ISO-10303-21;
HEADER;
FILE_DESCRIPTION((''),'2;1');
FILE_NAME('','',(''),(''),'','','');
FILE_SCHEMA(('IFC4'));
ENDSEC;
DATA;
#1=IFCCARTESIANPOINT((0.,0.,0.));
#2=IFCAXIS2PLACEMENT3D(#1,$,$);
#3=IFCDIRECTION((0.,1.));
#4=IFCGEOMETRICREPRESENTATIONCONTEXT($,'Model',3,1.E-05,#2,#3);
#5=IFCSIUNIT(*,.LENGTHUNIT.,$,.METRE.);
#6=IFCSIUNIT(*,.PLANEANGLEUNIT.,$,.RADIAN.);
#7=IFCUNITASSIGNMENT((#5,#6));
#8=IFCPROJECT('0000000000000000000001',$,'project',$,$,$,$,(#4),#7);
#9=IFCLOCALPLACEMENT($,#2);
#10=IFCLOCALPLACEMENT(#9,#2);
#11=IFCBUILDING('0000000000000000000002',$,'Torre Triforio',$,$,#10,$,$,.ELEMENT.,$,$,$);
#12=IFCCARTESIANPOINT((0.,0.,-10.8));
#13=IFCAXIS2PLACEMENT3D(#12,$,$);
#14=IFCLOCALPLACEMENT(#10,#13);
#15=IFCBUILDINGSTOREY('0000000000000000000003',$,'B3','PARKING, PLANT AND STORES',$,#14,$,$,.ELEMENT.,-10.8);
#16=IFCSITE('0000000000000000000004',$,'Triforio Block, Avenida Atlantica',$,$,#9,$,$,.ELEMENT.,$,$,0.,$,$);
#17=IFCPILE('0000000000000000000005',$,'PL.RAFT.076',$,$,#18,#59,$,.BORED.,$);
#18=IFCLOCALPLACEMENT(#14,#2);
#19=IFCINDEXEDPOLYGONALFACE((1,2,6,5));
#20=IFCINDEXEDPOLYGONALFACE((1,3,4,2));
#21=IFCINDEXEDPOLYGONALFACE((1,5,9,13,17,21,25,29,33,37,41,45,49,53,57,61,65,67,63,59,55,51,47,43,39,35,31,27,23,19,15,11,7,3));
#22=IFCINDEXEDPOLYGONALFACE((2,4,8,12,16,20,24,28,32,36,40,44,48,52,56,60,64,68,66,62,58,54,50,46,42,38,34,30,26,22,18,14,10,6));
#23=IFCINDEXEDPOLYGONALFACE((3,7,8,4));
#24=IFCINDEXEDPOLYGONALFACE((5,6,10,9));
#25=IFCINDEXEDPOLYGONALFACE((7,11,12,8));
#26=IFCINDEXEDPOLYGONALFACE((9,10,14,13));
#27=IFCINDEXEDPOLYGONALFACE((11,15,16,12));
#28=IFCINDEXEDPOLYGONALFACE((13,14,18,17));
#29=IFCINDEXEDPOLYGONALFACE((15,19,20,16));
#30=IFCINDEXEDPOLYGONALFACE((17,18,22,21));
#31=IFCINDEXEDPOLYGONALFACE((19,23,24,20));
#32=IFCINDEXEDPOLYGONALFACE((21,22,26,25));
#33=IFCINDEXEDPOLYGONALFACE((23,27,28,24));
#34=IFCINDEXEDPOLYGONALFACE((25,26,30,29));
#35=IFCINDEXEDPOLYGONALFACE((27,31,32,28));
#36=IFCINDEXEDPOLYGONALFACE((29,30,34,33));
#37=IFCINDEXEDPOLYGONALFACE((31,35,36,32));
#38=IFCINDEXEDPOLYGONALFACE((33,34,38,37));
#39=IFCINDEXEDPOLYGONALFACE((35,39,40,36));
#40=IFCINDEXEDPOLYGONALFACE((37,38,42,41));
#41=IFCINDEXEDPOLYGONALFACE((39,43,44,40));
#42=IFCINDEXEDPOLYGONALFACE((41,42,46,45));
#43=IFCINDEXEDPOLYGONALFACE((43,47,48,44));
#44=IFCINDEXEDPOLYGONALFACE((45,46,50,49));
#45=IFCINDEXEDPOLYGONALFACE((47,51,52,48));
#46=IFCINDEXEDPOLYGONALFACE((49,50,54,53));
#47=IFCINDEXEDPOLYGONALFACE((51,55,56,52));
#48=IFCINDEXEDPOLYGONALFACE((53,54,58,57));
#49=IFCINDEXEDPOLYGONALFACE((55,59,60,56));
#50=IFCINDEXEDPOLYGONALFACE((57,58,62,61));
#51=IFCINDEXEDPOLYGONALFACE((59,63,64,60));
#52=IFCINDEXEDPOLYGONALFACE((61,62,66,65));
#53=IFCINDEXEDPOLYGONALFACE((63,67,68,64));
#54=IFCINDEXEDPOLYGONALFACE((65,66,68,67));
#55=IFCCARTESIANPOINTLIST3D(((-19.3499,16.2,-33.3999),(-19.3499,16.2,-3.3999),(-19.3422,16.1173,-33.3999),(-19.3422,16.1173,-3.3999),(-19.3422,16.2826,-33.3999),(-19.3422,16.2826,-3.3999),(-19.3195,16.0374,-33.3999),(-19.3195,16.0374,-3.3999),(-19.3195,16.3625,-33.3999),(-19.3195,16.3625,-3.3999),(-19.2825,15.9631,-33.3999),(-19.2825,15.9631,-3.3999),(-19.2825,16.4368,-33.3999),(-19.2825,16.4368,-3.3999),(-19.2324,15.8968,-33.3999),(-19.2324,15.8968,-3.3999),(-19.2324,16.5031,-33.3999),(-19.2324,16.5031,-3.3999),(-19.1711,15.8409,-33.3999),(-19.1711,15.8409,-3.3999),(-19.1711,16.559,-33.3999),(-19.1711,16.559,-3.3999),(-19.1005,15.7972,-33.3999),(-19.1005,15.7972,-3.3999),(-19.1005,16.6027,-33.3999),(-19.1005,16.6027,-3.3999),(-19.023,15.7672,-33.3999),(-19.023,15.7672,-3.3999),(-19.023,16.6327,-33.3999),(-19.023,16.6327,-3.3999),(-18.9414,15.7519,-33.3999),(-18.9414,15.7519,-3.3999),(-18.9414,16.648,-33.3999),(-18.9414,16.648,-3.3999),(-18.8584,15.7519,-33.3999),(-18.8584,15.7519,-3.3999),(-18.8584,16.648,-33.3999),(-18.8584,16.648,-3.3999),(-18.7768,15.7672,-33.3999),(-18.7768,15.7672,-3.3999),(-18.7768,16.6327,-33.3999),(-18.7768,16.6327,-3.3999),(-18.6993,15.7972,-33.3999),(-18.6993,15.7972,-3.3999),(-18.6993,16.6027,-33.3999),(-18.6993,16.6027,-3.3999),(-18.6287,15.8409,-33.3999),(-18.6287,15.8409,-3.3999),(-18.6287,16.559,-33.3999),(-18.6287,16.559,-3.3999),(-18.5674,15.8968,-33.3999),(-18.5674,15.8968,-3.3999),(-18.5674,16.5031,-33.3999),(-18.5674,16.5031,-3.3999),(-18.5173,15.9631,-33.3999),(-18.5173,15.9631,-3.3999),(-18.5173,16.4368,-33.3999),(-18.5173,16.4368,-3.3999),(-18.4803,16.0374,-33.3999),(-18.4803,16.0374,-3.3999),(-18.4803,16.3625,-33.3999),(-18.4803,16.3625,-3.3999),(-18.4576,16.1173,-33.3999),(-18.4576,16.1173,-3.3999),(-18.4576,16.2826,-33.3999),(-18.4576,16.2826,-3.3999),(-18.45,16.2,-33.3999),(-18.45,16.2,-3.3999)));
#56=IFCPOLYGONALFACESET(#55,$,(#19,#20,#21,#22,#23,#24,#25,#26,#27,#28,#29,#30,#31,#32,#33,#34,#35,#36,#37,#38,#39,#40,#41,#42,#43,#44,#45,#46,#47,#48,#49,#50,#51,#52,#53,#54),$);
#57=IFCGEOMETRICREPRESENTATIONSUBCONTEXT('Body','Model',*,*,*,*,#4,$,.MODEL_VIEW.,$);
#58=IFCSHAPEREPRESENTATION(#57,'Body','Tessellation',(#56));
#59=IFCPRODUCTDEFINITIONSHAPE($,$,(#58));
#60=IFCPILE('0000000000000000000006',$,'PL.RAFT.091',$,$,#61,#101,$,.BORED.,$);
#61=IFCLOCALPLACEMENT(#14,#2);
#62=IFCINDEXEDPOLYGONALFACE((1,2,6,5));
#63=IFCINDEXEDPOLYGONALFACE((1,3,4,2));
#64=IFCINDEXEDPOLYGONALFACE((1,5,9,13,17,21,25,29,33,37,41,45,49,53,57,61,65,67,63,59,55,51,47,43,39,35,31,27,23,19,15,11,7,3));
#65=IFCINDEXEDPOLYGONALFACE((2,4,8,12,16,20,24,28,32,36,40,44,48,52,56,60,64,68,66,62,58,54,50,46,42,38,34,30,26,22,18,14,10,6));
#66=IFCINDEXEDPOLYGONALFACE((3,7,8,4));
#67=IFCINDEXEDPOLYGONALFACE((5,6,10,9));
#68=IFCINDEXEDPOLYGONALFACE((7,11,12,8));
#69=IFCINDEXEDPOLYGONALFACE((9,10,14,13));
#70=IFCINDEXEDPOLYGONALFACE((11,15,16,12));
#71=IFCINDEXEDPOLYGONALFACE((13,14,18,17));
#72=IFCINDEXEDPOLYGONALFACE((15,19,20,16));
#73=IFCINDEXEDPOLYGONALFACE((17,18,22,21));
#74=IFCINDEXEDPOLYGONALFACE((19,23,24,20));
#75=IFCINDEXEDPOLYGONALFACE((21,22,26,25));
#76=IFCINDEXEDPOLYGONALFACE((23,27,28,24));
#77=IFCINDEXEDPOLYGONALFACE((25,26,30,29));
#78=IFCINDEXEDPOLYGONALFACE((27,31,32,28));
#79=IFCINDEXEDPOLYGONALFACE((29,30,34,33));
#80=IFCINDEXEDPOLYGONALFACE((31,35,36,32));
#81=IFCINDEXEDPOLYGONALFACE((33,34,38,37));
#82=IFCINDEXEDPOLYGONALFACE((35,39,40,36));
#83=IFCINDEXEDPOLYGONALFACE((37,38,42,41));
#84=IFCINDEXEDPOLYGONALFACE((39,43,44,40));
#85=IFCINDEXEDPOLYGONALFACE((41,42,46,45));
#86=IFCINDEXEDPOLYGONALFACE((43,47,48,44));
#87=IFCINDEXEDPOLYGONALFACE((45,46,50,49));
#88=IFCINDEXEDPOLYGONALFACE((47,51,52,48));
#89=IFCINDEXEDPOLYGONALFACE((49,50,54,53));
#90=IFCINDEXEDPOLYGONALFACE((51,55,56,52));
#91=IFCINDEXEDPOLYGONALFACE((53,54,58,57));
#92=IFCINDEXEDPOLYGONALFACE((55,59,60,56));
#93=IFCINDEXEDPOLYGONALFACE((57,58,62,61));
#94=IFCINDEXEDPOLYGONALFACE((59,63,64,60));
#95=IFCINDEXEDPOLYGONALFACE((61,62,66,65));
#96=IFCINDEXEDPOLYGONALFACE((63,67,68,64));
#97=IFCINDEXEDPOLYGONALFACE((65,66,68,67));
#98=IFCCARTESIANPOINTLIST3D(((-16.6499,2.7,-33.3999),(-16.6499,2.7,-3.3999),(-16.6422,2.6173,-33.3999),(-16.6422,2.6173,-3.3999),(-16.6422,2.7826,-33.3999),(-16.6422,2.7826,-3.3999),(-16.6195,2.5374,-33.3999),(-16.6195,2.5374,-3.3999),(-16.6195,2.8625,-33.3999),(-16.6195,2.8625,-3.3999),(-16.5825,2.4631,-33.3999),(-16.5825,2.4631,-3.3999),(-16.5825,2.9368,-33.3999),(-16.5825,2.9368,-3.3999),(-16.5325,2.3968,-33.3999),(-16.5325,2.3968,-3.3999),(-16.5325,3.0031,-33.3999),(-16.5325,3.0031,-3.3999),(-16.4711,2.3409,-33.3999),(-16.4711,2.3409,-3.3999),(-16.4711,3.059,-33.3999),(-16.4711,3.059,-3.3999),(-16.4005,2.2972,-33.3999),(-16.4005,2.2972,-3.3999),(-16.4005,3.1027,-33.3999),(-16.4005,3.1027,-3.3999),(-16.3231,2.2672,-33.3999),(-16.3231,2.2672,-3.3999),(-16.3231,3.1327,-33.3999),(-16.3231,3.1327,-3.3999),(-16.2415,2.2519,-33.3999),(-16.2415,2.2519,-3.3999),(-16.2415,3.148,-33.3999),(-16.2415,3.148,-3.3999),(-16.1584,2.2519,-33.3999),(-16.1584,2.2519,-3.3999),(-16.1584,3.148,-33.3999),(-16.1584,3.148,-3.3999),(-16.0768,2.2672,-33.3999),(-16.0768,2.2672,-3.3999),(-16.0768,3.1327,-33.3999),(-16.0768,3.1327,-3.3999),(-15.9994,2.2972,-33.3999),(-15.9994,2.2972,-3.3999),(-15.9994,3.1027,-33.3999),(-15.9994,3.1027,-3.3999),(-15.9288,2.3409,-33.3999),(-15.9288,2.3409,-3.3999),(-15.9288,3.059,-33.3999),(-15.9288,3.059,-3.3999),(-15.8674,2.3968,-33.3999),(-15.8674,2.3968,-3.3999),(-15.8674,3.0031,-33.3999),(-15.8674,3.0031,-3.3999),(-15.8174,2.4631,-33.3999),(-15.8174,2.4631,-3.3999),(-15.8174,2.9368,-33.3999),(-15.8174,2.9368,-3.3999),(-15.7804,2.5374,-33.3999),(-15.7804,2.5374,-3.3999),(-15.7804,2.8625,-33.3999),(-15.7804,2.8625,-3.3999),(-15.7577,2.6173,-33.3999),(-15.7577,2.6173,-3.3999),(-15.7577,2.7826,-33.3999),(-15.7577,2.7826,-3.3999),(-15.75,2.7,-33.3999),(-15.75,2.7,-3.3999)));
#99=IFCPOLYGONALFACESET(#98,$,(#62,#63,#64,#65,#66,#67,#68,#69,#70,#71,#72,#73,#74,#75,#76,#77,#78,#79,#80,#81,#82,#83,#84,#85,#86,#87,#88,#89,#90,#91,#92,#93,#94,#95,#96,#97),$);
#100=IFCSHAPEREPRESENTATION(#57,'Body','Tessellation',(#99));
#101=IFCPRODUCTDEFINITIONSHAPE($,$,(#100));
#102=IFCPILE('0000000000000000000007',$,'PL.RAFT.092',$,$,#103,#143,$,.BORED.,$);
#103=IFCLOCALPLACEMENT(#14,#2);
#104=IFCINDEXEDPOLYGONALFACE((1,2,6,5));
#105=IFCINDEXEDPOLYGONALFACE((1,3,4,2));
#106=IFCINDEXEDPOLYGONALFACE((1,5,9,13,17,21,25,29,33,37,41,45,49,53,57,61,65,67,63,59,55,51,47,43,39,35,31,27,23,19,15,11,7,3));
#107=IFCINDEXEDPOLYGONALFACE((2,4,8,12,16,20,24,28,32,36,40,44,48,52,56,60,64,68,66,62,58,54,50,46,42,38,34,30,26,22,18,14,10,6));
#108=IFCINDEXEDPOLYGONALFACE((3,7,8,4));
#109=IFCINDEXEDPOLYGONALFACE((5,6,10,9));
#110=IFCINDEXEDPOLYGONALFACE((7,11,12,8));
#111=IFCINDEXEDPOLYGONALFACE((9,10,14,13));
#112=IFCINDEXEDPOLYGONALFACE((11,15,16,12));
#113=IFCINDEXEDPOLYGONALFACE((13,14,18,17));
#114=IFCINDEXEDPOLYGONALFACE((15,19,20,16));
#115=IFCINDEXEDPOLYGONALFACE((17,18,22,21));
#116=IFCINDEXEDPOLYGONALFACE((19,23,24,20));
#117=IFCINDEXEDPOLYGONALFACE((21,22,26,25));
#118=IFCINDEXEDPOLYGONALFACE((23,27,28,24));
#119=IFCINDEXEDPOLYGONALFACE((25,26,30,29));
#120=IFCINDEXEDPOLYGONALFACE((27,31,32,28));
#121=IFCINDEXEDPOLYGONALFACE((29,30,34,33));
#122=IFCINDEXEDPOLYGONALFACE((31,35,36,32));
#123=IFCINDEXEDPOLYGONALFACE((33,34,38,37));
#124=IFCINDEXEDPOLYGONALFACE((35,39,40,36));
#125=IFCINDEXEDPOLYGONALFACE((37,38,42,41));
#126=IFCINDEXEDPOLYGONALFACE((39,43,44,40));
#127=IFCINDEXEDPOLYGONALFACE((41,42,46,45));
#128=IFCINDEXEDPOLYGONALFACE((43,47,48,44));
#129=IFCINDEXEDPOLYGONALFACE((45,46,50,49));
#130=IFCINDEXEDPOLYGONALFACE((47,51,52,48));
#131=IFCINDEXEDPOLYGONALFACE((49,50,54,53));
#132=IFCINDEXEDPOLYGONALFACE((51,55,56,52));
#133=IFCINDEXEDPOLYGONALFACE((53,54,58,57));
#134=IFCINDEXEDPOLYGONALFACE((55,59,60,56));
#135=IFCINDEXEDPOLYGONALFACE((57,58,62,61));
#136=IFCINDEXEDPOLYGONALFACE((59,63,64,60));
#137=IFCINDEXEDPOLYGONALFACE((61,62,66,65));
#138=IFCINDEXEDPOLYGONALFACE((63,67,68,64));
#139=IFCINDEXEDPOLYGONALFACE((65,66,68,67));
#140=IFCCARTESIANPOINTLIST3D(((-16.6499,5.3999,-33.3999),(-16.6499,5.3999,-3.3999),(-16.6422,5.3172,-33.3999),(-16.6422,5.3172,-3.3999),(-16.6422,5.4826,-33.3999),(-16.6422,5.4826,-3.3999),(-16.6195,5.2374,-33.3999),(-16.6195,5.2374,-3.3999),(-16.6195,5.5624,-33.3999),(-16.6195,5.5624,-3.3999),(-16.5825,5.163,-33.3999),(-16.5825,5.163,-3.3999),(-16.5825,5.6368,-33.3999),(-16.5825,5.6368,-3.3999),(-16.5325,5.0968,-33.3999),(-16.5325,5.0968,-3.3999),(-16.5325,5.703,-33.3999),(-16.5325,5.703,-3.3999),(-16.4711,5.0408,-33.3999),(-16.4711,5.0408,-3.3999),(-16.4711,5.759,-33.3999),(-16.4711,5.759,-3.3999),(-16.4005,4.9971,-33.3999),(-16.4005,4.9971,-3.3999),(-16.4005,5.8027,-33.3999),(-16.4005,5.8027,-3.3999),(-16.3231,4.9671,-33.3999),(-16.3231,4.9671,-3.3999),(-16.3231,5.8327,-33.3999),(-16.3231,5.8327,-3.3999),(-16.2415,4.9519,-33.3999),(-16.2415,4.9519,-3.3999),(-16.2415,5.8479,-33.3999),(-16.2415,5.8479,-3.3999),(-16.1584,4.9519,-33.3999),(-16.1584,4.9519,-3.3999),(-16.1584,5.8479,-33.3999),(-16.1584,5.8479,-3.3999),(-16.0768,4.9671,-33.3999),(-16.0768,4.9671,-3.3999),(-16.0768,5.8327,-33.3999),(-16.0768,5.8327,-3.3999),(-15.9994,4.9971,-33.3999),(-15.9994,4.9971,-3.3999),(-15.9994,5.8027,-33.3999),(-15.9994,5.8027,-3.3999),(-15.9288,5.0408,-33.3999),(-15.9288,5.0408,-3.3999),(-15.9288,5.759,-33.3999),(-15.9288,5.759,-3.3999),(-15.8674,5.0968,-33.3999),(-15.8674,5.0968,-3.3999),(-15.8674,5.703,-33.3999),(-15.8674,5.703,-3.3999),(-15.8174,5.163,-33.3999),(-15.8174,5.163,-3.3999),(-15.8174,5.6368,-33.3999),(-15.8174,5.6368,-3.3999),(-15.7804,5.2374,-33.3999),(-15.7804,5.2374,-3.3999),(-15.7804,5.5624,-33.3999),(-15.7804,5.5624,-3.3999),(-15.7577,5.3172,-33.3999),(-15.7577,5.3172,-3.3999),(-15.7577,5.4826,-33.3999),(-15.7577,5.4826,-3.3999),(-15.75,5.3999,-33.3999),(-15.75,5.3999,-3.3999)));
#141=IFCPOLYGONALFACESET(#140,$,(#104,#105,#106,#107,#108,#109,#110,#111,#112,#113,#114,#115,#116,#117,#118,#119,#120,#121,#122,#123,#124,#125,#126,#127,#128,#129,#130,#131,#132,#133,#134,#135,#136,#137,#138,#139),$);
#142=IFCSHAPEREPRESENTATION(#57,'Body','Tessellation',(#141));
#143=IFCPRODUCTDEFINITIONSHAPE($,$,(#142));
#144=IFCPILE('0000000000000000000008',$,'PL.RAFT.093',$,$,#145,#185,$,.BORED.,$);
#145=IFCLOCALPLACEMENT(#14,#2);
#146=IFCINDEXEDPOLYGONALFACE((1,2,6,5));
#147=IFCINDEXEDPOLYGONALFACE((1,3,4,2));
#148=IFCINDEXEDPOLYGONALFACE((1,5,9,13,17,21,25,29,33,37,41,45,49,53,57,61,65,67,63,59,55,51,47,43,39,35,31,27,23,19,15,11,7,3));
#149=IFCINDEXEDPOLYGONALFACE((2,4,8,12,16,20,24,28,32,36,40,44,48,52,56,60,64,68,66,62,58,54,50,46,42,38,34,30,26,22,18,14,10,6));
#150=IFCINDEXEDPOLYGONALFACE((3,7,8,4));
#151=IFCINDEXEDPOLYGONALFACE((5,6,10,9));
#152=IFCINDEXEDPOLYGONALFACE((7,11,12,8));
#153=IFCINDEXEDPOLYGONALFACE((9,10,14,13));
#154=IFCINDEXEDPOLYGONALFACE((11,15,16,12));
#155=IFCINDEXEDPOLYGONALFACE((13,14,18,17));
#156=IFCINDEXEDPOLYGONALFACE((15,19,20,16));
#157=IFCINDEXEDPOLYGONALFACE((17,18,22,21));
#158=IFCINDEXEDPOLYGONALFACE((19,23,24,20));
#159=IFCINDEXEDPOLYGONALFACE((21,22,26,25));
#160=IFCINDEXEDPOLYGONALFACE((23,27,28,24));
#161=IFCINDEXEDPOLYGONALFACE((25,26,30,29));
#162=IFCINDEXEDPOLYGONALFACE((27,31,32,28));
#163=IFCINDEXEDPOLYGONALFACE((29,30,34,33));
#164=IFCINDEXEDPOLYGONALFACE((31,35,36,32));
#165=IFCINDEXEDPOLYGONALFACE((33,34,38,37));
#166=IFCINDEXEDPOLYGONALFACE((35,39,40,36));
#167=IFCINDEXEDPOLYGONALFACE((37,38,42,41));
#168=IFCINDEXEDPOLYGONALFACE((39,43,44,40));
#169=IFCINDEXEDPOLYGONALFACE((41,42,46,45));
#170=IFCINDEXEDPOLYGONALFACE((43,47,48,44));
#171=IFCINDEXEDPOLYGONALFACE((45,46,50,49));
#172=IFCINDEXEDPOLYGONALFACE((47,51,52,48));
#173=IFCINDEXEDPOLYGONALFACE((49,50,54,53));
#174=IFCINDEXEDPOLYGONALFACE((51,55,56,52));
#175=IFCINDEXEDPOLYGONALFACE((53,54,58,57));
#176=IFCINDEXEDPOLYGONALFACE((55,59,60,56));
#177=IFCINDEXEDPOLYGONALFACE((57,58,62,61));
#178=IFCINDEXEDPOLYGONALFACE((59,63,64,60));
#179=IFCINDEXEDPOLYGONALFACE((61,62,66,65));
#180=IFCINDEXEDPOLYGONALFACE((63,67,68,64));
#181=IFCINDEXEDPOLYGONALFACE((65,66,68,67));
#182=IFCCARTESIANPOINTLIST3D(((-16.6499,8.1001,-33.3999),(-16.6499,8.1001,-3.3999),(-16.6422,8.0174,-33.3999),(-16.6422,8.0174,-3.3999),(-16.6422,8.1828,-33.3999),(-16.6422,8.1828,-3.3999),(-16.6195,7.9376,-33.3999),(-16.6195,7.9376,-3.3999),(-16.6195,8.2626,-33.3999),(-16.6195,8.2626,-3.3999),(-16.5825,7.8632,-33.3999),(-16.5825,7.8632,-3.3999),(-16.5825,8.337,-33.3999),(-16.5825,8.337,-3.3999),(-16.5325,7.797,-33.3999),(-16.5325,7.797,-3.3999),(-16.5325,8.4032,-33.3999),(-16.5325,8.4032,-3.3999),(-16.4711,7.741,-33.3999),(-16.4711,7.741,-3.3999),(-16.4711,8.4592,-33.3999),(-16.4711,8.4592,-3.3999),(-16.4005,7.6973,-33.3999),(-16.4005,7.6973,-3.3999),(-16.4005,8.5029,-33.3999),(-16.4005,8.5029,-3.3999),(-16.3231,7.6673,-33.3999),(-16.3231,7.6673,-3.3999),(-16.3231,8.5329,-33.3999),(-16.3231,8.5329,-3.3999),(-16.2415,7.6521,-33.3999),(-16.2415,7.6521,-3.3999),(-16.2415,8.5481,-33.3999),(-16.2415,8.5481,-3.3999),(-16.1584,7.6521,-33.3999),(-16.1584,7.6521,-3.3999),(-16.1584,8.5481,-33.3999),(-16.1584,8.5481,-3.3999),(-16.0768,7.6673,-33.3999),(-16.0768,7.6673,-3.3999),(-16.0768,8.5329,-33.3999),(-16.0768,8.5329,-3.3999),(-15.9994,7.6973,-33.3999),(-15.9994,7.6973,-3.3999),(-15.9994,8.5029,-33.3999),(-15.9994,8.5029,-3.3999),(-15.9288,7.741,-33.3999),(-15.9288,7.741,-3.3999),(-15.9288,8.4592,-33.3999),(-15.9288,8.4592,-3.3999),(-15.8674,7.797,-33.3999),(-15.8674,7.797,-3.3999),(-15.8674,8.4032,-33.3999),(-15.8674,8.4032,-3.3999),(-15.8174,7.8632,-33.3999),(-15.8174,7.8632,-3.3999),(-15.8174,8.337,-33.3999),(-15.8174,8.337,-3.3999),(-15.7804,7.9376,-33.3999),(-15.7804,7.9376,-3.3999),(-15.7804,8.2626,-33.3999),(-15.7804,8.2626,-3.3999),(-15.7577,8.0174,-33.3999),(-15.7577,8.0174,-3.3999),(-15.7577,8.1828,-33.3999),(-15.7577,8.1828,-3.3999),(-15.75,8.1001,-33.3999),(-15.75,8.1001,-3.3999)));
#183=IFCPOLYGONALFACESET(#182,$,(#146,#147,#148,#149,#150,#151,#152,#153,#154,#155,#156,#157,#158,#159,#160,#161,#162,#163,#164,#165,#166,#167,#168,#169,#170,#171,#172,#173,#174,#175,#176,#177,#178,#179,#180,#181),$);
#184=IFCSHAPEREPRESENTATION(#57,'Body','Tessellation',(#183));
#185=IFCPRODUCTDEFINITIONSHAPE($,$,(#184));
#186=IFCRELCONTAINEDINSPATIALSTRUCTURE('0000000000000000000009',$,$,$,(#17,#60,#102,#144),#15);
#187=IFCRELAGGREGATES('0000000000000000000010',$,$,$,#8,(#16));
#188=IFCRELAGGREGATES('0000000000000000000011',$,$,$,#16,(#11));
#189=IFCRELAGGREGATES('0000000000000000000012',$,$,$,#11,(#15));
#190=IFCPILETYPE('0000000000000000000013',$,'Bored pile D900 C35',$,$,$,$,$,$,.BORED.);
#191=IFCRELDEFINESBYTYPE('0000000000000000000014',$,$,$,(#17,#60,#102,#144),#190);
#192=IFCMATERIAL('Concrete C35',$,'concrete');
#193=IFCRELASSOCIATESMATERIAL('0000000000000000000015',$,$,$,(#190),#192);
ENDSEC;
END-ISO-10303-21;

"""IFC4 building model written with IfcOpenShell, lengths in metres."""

from ifc_helpers import new_model, si_unit, direction, frame, origin, origin_2d, place, context, subcontext, project, spatial, circle, extrude, material, material_profile, profile_set, type_object, element, save


model = new_model("IFC4")

# Units and contexts
model_context = context("Model", 3, precision=1e-05, world=origin(), true_north=direction((0.0, 1.0)))
body_context = subcontext(model_context, "Body", "Model", "MODEL_VIEW")
ifc_project = project(units=[si_unit("LENGTHUNIT", "METRE"), si_unit("PLANEANGLEUNIT", "RADIAN")], contexts=[model_context])

# Site, building, storey
site_placement = place(None, origin())
site = spatial("IfcSite", under=ifc_project, at=site_placement, Name="Triforio Block, Avenida Atlantica", CompositionType="ELEMENT", RefElevation=0.0)
building_placement = place(site_placement, origin())
building = spatial("IfcBuilding", under=site, at=building_placement, Name="Torre Triforio", CompositionType="ELEMENT")
storey_placement = place(building_placement, frame((0.0, 0.0, -10.8)))
storey = spatial("IfcBuildingStorey", under=building, at=storey_placement, Name="B3", Description="PARKING, PLANT AND STORES", CompositionType="ELEMENT", Elevation=-10.8)

# Piles
ifc_material_1 = material(Name="Concrete C35", Category="concrete")
ifc_material_profile_1 = material_profile(ifc_material_1, circle(Radius=0.45, at=origin_2d()), Name="RC D900")
ifc_profile_set_1 = profile_set([ifc_material_profile_1], Name="Concrete C35")
pile_type = type_object("IfcPileType", Name="Bored pile D900 C35", PredefinedType="BORED", material=ifc_profile_set_1)
for number, where, z_axis, x_axis, name in (
    (1, (-18.8999, 16.2, -3.3999), (0.0, 0.0, -1.0), (1.0, 0.0, 0.0), "PL.RAFT.076"),
    (2, (-16.2, 2.7, -3.3999), (0.0, 0.0, -1.0), (1.0, 0.0, 0.0), "PL.RAFT.091"),
    (3, (-16.2, 5.3999, -3.3999), (0.0, 0.0, -1.0), (1.0, 0.0, 0.0), "PL.RAFT.092"),
    (4, (-16.2, 8.1001, -3.3999), (0.0, 0.0, -1.0), (1.0, 0.0, 0.0), "PL.RAFT.093"),
):
    element("IfcPile", number, at=place(storey_placement, frame(where, z_axis=z_axis, x_axis=x_axis)), inside=storey, type_object=pile_type, Name=name, PredefinedType="BORED", context=body_context, shape_type="SweptSolid", body=[
        extrude(circle(Radius=0.45, at=origin_2d()), origin(), (0.0, 0.0, 1.0), 30.0),
    ])

save(model, "model.ifc")
